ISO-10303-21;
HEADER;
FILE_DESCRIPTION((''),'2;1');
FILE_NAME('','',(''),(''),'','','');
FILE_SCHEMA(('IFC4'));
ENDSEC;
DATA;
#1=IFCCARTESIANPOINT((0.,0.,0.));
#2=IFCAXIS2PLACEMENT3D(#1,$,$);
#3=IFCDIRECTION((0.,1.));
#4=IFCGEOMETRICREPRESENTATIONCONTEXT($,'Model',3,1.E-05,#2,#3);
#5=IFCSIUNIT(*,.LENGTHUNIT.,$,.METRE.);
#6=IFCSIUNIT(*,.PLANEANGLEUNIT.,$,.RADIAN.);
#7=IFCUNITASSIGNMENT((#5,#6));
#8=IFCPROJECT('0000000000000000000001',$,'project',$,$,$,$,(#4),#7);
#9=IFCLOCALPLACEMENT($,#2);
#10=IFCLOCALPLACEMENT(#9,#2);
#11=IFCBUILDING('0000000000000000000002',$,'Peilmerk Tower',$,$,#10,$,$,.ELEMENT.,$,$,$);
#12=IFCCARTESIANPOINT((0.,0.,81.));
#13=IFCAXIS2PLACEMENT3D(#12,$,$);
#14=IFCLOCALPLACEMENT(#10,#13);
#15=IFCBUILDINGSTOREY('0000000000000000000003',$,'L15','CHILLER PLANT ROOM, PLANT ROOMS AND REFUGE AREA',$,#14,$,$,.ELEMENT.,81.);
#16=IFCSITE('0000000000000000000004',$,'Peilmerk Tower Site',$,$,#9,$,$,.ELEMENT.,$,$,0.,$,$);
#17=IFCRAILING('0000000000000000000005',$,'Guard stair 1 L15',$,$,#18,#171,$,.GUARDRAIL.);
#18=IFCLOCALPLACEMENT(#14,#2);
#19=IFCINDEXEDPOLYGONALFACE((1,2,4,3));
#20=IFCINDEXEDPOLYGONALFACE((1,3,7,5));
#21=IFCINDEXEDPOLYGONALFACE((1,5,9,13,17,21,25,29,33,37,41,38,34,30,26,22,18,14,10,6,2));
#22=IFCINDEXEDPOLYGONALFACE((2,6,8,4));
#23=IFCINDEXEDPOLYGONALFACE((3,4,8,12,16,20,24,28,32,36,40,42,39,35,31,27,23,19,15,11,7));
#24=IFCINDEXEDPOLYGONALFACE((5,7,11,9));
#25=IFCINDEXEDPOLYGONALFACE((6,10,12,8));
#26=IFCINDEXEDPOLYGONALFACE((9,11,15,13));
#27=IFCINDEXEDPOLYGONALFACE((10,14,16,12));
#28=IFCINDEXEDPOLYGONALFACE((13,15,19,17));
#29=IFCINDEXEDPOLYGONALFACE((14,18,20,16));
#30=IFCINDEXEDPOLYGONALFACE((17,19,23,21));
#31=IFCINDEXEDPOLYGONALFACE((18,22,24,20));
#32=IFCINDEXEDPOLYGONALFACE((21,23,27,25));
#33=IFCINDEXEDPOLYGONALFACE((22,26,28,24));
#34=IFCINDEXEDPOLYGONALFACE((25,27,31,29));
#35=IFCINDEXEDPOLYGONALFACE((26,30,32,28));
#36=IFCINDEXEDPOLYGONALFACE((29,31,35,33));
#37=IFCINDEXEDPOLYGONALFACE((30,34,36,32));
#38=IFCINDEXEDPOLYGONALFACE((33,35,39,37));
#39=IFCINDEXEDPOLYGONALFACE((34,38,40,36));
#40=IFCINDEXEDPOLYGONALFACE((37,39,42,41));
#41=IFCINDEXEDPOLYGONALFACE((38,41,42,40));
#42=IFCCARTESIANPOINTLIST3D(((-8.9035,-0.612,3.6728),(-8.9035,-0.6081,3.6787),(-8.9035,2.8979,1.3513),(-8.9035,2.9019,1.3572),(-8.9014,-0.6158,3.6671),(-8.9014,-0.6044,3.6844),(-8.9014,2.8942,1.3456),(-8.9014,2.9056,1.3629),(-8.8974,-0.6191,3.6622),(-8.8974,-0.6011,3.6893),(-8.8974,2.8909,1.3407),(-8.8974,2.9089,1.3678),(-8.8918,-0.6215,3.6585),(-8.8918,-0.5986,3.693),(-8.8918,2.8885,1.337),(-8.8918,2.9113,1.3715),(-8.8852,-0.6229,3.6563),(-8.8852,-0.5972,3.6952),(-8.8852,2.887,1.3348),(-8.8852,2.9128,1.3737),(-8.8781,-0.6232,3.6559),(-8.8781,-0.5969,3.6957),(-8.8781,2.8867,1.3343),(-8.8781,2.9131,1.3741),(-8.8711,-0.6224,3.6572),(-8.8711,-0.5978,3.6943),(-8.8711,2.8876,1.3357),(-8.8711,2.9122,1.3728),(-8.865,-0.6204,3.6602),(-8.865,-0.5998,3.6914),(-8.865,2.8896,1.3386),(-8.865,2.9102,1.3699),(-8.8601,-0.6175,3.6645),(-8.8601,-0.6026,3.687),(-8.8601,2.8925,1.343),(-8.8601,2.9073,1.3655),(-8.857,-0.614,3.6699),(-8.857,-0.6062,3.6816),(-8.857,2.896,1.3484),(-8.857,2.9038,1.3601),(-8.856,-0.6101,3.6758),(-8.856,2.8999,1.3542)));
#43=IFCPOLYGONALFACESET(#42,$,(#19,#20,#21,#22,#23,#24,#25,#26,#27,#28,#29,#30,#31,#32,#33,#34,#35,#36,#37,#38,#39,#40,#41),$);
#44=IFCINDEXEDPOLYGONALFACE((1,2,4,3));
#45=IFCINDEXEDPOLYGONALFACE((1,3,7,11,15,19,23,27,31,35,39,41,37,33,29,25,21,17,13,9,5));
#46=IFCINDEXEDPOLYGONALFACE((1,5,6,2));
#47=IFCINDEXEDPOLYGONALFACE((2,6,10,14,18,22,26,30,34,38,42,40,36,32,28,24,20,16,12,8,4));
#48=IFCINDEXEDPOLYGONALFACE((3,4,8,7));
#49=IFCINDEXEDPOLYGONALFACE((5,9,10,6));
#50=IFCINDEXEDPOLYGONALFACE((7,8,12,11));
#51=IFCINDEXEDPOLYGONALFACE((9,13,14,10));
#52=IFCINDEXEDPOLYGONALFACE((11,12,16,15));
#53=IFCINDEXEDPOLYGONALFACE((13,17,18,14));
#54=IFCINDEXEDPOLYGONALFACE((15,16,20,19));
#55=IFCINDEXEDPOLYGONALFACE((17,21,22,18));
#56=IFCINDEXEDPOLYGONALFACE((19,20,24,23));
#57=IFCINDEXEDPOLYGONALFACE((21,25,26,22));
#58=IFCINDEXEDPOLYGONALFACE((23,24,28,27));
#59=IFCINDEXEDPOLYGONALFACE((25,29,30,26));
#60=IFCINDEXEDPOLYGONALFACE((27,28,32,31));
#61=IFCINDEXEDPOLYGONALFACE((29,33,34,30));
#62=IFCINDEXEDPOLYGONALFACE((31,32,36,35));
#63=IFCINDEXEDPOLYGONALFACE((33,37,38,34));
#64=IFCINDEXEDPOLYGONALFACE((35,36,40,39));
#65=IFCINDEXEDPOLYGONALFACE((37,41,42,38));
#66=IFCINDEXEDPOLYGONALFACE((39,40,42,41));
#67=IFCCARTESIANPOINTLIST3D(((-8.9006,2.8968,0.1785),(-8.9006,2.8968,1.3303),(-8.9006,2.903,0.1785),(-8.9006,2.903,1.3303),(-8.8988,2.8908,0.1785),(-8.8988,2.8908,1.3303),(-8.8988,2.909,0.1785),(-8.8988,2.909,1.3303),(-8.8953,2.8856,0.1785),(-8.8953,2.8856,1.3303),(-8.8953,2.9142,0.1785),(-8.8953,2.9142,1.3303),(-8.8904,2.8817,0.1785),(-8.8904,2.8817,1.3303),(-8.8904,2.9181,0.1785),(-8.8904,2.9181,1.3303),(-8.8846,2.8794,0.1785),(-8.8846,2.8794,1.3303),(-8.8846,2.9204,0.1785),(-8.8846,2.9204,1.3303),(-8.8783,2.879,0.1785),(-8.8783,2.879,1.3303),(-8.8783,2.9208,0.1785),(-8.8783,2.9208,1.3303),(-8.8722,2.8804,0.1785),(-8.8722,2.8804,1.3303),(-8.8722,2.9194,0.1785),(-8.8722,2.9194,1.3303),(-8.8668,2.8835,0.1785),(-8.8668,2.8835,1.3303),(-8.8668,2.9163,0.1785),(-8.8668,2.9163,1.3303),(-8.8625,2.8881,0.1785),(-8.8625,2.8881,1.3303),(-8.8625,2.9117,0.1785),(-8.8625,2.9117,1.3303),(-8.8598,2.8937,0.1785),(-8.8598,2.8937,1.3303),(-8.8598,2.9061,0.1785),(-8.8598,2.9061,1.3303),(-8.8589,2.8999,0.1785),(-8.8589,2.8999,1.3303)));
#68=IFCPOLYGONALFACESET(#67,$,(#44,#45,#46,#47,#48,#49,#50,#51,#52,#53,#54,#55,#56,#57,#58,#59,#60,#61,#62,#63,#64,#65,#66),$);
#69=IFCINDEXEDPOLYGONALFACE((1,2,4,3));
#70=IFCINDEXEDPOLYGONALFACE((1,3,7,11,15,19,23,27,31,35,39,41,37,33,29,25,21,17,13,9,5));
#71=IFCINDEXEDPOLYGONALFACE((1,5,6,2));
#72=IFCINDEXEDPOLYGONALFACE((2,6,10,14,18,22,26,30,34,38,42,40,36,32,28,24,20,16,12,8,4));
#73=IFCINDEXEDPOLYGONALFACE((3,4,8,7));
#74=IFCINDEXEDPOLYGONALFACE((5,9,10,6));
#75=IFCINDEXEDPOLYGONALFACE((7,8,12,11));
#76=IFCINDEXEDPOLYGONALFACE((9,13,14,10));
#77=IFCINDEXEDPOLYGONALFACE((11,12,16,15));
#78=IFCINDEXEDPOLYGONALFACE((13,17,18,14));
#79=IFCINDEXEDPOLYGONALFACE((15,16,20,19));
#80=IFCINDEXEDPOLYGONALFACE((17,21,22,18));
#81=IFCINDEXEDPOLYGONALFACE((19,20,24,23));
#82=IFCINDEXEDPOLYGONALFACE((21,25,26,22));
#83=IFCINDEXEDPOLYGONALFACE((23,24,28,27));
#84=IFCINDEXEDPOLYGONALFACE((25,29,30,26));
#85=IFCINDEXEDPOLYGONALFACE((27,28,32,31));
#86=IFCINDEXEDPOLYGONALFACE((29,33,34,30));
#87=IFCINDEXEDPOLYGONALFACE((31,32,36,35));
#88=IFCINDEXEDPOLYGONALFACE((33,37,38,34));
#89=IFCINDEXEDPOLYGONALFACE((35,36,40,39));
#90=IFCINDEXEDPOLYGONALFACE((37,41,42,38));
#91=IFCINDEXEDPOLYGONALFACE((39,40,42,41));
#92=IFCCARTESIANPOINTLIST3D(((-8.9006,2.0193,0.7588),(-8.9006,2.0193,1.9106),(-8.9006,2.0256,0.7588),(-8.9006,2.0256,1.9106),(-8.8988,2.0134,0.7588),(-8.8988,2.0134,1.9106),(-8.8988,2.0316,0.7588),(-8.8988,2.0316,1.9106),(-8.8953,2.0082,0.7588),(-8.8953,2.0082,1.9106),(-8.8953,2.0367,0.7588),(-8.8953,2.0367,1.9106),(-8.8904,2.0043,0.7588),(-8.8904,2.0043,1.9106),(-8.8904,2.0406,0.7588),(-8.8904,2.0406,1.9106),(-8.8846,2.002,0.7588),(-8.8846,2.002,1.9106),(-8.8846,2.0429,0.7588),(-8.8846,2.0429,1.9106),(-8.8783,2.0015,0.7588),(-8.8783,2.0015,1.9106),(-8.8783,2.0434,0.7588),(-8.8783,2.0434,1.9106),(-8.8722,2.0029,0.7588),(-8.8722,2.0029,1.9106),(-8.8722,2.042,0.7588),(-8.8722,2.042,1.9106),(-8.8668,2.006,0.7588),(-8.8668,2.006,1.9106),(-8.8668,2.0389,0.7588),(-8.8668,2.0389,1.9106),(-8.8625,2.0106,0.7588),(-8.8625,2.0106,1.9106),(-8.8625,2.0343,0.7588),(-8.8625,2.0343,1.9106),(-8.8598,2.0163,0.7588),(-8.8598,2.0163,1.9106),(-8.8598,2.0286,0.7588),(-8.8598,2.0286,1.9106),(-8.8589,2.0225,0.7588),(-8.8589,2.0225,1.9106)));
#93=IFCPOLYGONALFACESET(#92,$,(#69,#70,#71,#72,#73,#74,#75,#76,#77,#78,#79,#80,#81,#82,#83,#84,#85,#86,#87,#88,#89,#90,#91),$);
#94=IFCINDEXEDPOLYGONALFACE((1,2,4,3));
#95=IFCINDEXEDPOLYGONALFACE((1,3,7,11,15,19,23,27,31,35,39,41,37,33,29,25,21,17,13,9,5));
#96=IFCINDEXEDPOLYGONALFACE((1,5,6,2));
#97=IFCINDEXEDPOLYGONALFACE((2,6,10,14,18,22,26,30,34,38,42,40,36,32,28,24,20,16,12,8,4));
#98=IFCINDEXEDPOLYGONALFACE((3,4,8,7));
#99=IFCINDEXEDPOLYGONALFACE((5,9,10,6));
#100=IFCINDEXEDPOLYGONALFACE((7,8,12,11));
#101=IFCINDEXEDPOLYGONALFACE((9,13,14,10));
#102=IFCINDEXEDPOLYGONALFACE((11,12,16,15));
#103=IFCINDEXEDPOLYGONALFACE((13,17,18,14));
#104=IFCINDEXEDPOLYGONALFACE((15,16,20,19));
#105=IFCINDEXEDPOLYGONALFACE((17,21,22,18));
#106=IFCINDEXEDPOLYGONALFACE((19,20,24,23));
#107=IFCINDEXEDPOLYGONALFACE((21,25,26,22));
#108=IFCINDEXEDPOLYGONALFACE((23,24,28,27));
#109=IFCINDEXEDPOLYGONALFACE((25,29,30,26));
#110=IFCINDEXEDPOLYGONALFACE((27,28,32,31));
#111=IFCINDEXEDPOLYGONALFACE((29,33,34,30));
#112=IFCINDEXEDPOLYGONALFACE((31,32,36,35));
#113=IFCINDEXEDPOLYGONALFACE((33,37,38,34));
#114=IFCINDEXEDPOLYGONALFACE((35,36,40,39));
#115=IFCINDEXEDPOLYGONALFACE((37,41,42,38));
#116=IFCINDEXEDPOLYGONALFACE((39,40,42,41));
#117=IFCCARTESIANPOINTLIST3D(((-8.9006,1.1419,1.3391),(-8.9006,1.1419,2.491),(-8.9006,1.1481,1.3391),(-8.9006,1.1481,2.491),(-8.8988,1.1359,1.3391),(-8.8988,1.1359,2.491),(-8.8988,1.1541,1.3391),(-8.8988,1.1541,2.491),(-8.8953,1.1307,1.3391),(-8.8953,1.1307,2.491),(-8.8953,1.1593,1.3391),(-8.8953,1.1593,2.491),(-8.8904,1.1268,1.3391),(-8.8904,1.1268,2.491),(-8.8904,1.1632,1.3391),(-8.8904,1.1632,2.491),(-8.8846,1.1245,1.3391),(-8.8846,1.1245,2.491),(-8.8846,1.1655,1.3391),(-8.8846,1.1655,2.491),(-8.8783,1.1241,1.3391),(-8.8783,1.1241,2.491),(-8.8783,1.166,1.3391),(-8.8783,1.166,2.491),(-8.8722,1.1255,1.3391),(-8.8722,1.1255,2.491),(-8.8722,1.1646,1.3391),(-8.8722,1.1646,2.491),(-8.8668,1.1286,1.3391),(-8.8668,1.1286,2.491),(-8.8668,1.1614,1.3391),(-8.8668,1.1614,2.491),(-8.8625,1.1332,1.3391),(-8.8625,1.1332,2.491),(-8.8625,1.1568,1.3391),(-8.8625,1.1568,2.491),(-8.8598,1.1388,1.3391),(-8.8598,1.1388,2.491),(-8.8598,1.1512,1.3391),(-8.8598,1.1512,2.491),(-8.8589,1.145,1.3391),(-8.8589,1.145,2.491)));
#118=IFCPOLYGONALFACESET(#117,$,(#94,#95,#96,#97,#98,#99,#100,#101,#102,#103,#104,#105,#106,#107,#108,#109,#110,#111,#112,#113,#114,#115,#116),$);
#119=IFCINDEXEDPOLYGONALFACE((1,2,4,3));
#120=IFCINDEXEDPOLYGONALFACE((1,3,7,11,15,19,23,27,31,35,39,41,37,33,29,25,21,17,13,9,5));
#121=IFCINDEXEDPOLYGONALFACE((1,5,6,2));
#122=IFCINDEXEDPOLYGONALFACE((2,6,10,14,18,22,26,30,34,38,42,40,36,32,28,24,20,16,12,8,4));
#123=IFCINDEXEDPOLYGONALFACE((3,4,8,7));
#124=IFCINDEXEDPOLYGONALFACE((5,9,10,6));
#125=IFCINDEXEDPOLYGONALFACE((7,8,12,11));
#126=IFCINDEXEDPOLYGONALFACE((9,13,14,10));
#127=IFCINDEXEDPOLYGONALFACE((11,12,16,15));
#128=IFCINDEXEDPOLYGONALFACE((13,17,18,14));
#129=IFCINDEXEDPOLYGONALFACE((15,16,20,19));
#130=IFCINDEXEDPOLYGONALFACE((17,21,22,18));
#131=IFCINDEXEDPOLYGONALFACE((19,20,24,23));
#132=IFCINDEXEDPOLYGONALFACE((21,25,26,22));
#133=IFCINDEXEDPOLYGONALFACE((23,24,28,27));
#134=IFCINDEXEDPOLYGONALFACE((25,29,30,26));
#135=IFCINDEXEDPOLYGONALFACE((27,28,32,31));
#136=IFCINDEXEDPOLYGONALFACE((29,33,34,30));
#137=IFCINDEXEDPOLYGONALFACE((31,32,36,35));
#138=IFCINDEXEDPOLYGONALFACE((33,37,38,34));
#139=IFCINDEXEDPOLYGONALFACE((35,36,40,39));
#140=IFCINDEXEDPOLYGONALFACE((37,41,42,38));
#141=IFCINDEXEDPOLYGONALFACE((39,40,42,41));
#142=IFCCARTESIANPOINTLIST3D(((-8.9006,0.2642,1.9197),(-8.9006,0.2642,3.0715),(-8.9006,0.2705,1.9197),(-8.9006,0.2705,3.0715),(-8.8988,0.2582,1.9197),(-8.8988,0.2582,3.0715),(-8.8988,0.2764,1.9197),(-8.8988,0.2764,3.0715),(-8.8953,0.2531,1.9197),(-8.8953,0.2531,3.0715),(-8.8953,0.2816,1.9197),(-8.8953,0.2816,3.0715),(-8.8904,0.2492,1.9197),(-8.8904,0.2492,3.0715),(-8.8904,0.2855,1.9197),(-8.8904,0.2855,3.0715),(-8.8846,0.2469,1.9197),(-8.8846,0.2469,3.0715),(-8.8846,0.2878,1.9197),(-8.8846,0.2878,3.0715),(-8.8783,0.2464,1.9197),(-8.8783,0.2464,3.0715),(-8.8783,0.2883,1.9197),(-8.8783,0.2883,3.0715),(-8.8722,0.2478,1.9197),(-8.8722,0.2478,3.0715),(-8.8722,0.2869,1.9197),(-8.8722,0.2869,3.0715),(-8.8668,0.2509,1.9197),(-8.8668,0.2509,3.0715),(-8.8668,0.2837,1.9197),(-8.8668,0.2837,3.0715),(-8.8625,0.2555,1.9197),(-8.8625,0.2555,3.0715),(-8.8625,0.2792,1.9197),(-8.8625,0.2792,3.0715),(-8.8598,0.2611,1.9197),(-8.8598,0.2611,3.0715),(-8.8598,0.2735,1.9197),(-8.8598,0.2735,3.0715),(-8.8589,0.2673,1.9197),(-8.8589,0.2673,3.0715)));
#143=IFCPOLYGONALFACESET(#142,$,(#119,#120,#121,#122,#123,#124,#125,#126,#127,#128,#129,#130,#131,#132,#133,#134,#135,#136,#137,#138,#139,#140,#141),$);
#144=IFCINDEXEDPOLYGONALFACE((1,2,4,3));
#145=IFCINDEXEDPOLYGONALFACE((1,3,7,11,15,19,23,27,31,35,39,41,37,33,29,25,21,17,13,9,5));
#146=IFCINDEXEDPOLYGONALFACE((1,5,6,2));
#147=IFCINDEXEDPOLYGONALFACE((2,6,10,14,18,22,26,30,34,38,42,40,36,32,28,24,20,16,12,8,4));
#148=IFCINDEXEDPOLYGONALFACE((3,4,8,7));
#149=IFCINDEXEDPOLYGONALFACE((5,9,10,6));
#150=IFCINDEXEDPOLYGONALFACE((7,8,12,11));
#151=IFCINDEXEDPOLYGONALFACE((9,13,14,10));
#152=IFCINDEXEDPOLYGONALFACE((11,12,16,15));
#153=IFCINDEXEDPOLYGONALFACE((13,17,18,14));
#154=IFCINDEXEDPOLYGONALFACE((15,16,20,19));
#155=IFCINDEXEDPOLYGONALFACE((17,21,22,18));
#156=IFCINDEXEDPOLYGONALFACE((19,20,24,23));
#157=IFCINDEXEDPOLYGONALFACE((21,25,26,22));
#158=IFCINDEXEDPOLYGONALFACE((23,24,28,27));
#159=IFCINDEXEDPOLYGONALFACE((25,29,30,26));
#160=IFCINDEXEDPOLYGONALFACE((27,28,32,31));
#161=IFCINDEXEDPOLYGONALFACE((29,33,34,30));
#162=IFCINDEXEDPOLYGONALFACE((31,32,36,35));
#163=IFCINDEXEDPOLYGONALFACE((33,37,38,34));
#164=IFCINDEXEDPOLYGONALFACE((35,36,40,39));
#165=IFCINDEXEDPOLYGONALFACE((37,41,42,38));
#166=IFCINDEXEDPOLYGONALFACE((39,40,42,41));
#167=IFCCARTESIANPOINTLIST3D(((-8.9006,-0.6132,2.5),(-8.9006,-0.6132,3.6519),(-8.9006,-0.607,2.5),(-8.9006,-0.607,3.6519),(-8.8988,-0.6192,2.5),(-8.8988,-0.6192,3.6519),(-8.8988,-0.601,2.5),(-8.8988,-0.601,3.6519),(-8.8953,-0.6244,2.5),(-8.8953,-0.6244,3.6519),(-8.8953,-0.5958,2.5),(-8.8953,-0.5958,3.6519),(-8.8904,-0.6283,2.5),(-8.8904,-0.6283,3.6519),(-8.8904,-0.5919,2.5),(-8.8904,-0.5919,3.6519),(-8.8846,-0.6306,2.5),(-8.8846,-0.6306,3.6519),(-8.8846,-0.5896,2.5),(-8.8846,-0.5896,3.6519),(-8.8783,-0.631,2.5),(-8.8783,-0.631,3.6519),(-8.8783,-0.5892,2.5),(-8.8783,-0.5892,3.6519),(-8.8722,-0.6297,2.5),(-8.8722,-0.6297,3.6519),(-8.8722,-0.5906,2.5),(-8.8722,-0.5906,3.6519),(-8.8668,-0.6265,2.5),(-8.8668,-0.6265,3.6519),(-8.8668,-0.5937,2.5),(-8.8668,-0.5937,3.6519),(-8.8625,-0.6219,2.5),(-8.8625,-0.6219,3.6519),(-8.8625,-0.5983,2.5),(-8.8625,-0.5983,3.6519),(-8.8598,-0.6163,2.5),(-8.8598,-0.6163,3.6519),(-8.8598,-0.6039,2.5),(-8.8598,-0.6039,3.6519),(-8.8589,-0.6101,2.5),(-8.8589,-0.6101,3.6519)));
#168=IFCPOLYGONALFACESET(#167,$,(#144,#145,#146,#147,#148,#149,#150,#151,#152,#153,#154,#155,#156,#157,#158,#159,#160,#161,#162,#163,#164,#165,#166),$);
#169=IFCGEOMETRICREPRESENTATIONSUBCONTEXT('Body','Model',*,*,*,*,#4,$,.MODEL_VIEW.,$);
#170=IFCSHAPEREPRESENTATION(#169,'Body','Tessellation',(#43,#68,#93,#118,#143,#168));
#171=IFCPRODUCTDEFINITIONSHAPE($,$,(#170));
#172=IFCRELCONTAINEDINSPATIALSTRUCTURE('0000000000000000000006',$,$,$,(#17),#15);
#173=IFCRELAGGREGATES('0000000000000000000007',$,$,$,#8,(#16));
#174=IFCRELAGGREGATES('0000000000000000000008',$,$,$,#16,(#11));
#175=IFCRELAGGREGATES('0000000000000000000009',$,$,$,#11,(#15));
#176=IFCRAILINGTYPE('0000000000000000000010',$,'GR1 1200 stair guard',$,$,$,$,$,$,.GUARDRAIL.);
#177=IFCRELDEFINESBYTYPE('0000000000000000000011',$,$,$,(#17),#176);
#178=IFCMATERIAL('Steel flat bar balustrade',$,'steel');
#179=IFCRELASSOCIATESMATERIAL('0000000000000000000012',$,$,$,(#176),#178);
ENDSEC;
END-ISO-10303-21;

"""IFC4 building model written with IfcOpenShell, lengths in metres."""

from ifc_helpers import new_model, si_unit, direction, frame, origin, origin_2d, place, context, subcontext, project, spatial, circle, extrude, material, type_object, element, save


model = new_model("IFC4")

# Units and contexts
model_context = context("Model", 3, precision=1e-05, world=origin(), true_north=direction((0.0, 1.0)))
body_context = subcontext(model_context, "Body", "Model", "MODEL_VIEW")
ifc_project = project(units=[si_unit("LENGTHUNIT", "METRE"), si_unit("PLANEANGLEUNIT", "RADIAN")], contexts=[model_context])

# Site, building, storey
site_placement = place(None, origin())
site = spatial("IfcSite", under=ifc_project, at=site_placement, Name="Peilmerk Tower Site", CompositionType="ELEMENT", RefElevation=0.0)
building_placement = place(site_placement, origin())
building = spatial("IfcBuilding", under=site, at=building_placement, Name="Peilmerk Tower", CompositionType="ELEMENT")
storey_placement = place(building_placement, frame((0.0, 0.0, 81.0)))
storey = spatial("IfcBuildingStorey", under=building, at=storey_placement, Name="L15", Description="CHILLER PLANT ROOM, PLANT ROOMS AND REFUGE AREA", CompositionType="ELEMENT", Elevation=81.0)

# Railing
ifc_material_1 = material(Name="Steel flat bar balustrade", Category="steel")
railing_type_1 = type_object("IfcRailingType", Name="GR1 1200 stair guard", PredefinedType="GUARDRAIL", material=ifc_material_1)
railing_1_placement = place(storey_placement, frame((-8.8799, 2.8999, 0.1785)))
element("IfcRailing", 1, at=railing_1_placement, inside=storey, type_object=railing_type_1, Name="Guard stair 1 L15", PredefinedType="GUARDRAIL", context=body_context, shape_type="SweptSolid", body=[
    extrude(circle(Radius=0.0239, at=origin_2d()), frame((0.0, 0.0, 1.1758), z_axis=(0.0, -0.834071, 0.551657), x_axis=(1.0, 0.0, 0.0)), (0.0, 0.0, 1.0), 4.2083),
    extrude(circle(Radius=0.021, at=origin_2d()), origin(), (0.0, 0.0, 1.0), 1.1519),
    extrude(circle(Radius=0.021, at=origin_2d()), frame((0.0, -0.8774, 0.5803)), (0.0, 0.0, 1.0), 1.1519),
    extrude(circle(Radius=0.021, at=origin_2d()), frame((0.0, -1.7549, 1.1606)), (0.0, 0.0, 1.0), 1.1519),
    extrude(circle(Radius=0.021, at=origin_2d()), frame((0.0, -2.6326, 1.7412)), (0.0, 0.0, 1.0), 1.1519),
    extrude(circle(Radius=0.021, at=origin_2d()), frame((0.0, -3.51, 2.3215)), (0.0, 0.0, 1.0), 1.1519),
])

save(model, "model.ifc")
